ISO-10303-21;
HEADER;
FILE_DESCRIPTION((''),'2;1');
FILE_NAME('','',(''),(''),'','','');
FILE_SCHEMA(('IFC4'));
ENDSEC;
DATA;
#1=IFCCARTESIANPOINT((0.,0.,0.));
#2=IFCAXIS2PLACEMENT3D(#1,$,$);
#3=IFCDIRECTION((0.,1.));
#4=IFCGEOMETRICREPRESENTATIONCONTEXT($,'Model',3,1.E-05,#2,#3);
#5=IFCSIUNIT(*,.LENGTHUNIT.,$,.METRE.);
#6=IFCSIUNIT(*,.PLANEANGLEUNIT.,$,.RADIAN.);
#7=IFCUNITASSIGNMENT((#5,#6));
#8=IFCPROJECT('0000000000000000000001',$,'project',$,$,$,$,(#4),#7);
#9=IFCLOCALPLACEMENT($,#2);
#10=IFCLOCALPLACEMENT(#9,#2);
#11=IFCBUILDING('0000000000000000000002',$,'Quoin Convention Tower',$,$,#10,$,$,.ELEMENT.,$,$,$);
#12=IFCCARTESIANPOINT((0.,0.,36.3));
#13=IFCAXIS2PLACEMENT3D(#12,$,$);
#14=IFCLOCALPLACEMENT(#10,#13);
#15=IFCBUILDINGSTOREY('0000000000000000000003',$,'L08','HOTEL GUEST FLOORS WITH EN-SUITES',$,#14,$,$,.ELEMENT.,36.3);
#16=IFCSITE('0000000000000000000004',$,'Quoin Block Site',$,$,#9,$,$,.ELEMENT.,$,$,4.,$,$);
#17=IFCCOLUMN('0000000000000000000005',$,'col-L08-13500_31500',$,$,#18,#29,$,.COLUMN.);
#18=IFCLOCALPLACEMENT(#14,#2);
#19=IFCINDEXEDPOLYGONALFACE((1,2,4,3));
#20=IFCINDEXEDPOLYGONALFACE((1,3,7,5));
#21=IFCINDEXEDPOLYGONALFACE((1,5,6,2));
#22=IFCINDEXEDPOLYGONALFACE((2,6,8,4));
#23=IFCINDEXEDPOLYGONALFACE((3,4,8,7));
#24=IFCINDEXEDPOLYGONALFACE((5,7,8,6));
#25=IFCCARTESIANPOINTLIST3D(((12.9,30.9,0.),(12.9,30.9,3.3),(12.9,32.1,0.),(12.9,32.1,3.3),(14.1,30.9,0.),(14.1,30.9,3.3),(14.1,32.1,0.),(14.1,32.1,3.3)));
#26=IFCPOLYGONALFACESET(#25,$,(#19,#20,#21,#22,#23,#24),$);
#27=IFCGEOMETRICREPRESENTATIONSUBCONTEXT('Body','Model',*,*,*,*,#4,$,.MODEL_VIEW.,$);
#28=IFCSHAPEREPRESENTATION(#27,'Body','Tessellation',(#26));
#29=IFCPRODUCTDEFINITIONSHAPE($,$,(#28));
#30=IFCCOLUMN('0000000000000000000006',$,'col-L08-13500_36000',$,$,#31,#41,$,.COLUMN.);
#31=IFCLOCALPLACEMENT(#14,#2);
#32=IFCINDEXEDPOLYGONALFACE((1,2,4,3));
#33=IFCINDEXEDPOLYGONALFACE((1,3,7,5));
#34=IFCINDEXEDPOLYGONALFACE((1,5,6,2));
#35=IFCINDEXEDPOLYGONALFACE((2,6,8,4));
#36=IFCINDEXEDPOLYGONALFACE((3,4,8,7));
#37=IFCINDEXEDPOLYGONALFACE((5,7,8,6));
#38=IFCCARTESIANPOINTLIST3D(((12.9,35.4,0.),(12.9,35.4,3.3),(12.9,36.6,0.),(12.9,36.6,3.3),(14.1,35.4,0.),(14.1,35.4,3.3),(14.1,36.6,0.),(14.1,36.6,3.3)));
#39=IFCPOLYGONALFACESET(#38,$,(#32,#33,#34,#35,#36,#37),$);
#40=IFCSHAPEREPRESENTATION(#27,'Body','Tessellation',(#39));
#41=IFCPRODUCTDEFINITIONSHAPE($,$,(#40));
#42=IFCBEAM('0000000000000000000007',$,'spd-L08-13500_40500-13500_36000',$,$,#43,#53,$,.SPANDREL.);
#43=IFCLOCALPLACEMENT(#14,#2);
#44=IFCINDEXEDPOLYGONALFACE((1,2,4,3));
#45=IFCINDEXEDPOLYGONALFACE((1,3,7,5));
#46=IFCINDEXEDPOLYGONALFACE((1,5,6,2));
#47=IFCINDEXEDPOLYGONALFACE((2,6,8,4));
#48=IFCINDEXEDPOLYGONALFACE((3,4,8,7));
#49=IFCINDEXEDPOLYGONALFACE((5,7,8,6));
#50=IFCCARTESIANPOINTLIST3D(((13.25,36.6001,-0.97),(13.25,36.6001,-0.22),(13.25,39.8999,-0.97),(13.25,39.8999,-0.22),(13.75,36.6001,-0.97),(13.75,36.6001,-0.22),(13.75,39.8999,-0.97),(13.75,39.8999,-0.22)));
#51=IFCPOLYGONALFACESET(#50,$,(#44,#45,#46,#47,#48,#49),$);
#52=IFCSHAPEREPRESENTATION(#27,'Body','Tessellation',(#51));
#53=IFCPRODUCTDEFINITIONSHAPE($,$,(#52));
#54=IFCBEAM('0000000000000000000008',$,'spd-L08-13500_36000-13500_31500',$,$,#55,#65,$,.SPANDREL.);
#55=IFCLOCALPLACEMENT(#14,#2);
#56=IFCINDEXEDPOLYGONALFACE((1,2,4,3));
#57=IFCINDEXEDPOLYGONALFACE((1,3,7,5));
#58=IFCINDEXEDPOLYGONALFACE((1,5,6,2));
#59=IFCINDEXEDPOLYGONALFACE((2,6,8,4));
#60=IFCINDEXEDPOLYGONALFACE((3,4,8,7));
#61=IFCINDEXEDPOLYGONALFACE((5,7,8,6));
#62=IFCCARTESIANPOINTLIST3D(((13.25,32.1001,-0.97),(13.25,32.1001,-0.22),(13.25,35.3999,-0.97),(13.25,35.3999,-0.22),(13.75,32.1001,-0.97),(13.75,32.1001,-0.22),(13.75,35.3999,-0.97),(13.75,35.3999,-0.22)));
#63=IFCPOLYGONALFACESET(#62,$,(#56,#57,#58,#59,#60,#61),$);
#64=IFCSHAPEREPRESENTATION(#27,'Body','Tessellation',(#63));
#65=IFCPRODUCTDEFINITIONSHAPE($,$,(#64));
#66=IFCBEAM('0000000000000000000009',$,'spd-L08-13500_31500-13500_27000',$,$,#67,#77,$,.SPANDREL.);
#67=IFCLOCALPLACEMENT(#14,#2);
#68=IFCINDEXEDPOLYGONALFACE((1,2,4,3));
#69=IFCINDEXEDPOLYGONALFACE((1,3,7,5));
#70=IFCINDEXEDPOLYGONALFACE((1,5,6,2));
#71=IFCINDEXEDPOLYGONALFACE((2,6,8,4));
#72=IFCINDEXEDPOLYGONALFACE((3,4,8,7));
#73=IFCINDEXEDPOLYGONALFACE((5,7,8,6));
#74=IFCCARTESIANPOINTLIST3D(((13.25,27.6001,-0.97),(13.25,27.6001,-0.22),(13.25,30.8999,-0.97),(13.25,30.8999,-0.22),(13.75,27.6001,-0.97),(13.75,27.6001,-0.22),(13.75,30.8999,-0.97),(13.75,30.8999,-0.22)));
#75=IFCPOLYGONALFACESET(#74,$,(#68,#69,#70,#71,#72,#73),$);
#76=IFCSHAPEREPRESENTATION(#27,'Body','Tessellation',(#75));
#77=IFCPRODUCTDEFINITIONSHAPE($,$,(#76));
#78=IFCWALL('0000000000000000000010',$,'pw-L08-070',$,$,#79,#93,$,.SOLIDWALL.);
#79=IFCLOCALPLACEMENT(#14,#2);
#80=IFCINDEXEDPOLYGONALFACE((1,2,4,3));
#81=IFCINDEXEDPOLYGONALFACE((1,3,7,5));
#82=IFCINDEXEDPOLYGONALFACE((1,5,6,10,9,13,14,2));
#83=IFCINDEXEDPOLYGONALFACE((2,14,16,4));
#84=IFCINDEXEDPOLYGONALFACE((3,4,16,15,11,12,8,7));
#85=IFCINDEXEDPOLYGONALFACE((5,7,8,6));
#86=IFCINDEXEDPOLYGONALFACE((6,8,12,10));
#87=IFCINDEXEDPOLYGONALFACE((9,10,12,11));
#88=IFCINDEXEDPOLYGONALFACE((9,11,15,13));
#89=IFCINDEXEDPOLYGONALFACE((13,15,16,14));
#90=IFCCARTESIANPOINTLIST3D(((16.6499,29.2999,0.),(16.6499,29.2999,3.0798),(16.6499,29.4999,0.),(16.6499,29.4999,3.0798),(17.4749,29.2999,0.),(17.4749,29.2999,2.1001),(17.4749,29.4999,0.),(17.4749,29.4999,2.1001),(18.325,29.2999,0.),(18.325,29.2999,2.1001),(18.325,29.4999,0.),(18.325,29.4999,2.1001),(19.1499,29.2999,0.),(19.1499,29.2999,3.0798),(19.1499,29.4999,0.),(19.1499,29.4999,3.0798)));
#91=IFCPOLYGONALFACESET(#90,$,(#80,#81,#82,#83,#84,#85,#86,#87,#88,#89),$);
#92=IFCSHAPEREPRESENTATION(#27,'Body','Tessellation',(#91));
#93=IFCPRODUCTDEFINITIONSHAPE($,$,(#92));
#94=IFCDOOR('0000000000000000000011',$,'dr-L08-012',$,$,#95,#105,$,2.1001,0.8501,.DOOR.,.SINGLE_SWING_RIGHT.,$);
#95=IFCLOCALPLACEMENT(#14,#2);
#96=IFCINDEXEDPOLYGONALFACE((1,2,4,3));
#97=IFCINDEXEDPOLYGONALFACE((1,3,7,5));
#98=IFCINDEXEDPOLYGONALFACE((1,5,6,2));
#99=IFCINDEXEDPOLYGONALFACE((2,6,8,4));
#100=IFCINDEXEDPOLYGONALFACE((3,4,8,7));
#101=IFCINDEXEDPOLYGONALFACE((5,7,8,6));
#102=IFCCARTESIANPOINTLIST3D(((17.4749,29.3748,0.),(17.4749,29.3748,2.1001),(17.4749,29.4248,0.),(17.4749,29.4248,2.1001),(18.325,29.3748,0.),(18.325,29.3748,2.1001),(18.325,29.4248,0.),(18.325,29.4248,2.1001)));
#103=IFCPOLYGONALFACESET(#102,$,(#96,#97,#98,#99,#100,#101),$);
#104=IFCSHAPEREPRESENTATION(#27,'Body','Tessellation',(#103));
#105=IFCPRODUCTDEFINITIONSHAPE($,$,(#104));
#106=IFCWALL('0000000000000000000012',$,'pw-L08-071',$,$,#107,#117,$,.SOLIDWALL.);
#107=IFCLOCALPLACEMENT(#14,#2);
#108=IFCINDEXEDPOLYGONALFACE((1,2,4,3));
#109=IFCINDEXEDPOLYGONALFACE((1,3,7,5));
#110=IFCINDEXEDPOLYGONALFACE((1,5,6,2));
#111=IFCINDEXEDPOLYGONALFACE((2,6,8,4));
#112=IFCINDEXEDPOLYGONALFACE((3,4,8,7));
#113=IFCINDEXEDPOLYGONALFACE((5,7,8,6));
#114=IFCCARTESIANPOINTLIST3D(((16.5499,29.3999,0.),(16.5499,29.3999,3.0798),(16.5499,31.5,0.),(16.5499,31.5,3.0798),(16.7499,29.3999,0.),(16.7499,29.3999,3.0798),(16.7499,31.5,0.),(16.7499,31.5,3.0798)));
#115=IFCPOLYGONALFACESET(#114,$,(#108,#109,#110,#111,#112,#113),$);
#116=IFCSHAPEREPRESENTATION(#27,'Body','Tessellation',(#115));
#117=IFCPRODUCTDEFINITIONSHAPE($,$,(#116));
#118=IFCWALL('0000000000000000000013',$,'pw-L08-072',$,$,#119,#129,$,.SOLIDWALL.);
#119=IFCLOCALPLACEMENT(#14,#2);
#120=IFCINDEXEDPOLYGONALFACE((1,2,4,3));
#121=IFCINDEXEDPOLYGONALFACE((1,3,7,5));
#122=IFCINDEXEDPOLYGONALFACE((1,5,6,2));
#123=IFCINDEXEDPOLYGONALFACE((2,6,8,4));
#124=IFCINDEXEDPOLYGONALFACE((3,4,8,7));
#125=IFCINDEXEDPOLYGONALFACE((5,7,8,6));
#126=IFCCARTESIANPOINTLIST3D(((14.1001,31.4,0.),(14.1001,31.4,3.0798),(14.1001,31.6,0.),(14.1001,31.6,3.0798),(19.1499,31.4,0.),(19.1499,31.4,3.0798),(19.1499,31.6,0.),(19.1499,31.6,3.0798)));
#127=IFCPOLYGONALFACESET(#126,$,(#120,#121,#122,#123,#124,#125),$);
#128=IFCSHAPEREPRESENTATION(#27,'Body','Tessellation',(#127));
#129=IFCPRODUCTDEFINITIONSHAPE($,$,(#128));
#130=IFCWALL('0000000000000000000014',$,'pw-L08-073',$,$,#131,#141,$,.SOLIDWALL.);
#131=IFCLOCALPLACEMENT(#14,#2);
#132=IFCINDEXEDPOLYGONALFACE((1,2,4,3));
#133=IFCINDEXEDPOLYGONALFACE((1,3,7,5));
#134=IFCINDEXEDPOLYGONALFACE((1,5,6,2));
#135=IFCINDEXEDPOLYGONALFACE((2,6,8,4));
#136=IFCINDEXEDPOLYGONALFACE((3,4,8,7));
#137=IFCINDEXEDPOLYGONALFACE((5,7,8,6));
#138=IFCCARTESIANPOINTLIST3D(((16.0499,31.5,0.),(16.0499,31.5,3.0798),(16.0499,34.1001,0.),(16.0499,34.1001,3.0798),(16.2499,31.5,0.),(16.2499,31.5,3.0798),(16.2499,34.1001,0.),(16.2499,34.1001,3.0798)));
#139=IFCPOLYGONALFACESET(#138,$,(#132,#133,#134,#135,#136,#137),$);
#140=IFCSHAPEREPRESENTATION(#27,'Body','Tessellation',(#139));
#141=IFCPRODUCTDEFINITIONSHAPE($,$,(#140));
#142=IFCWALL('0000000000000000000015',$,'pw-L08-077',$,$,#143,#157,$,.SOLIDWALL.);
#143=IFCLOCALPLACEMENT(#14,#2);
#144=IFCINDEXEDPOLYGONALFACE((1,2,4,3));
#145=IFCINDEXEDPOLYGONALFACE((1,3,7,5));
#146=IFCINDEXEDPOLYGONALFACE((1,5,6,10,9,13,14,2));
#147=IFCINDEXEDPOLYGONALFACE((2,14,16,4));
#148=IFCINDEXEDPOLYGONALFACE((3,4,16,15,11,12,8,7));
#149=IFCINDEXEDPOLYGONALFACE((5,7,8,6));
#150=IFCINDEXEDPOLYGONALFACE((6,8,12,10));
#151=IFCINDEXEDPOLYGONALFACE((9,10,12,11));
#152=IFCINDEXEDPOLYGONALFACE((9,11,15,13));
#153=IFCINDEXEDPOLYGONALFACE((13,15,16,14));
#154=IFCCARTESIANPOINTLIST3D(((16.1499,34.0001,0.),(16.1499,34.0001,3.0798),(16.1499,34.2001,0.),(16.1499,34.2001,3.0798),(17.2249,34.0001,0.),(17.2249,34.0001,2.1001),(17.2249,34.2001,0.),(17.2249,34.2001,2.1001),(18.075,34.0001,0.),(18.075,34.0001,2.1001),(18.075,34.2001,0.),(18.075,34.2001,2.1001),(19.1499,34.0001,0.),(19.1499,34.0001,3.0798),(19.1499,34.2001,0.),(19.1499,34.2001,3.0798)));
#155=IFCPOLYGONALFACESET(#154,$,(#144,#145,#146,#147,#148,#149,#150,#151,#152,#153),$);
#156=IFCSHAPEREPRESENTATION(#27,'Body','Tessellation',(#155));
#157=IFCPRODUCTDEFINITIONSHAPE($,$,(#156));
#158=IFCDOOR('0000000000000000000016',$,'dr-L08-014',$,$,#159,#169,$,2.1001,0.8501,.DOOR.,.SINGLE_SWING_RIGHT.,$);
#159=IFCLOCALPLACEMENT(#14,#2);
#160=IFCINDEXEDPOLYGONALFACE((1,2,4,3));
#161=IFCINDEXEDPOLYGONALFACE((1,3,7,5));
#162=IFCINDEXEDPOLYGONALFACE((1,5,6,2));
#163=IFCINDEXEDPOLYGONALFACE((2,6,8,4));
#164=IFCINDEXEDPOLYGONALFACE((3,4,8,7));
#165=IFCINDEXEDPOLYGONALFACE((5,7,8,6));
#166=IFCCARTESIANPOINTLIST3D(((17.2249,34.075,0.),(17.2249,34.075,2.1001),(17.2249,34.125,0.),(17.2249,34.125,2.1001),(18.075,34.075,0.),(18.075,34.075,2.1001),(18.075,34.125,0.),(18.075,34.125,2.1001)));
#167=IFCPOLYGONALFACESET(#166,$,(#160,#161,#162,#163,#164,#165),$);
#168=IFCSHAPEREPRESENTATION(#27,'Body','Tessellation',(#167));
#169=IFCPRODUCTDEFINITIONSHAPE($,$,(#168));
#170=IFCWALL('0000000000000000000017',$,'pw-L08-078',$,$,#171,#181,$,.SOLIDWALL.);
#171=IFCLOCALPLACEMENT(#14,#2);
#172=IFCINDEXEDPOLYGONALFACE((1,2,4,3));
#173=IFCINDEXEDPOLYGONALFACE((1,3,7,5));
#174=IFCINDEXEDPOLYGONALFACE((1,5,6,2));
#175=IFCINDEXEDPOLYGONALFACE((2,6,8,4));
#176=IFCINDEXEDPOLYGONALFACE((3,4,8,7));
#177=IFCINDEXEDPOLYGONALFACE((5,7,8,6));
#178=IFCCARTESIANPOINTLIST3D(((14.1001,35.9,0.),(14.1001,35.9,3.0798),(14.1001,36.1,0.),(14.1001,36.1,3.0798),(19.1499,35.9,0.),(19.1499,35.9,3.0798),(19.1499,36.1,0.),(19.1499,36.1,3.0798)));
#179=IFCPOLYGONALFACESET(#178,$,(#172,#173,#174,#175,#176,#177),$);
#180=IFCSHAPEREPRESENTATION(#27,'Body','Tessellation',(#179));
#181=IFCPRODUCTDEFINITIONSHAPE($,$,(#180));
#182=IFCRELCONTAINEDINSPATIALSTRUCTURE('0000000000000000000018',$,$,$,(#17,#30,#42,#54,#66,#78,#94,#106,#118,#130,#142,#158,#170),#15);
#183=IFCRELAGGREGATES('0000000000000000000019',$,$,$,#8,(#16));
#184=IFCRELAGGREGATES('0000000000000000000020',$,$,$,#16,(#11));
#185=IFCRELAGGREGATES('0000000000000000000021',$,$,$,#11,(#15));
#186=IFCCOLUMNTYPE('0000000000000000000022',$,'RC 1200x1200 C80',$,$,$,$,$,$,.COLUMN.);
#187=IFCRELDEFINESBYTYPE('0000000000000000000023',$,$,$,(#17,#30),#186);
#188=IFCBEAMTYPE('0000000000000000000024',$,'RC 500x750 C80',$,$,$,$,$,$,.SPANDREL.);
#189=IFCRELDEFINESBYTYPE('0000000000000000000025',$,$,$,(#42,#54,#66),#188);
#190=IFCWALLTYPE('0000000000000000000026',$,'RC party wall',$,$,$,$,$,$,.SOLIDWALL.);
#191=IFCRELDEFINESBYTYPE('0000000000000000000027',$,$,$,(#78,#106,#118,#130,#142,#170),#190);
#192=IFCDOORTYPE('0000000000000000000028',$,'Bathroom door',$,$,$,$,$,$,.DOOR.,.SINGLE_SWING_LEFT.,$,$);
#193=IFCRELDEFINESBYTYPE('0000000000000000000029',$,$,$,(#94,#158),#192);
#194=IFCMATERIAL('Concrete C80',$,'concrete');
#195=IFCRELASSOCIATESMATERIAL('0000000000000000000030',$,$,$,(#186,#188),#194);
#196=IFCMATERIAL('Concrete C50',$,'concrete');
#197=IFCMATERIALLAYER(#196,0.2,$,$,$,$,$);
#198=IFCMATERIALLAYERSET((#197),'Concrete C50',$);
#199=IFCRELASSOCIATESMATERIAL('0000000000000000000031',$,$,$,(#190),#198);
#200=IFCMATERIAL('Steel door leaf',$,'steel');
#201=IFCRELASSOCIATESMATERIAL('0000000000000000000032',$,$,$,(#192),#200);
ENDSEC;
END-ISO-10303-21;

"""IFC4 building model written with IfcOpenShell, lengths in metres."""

from ifc_helpers import new_model, si_unit, direction, frame, frame_2d, origin, origin_2d, place, context, subcontext, project, spatial, rectangle, extrude, material, layer, layer_set, material_profile, profile_set, type_object, element, fill, save


model = new_model("IFC4")

# Units and contexts
model_context = context("Model", 3, precision=1e-05, world=origin(), true_north=direction((0.0, 1.0)))
body_context = subcontext(model_context, "Body", "Model", "MODEL_VIEW")
ifc_project = project(units=[si_unit("LENGTHUNIT", "METRE"), si_unit("PLANEANGLEUNIT", "RADIAN")], contexts=[model_context])

# Site, building, storey
site_placement = place(None, origin())
site = spatial("IfcSite", under=ifc_project, at=site_placement, Name="Quoin Block Site", CompositionType="ELEMENT", RefElevation=4.0)
building_placement = place(site_placement, origin())
building = spatial("IfcBuilding", under=site, at=building_placement, Name="Quoin Convention Tower", CompositionType="ELEMENT")
storey_placement = place(building_placement, frame((0.0, 0.0, 36.3)))
storey = spatial("IfcBuildingStorey", under=building, at=storey_placement, Name="L08", Description="HOTEL GUEST FLOORS WITH EN-SUITES", CompositionType="ELEMENT", Elevation=36.3)

# Columns
ifc_material_1 = material(Name="Concrete C80", Category="concrete")
ifc_material_profile_1 = material_profile(ifc_material_1, rectangle(XDim=1.2, YDim=1.2, at=origin_2d()), Name="RC 1200x1200")
ifc_profile_set_1 = profile_set([ifc_material_profile_1], Name="Concrete C80")
column_type = type_object("IfcColumnType", Name="RC 1200x1200 C80", PredefinedType="COLUMN", material=ifc_profile_set_1)
for number, where, z_axis, x_axis, name in (
    (1, (13.5, 31.5, 0.0), (0.0, 0.0, 1.0), (1.0, 0.0, 0.0), "col-L08-13500_31500"),
    (2, (13.5, 36.0, 0.0), (0.0, 0.0, 1.0), (1.0, 0.0, 0.0), "col-L08-13500_36000"),
):
    element("IfcColumn", number, at=place(storey_placement, frame(where, z_axis=z_axis, x_axis=x_axis)), inside=storey, type_object=column_type, Name=name, PredefinedType="COLUMN", context=body_context, shape_type="SweptSolid", body=[
        extrude(rectangle(XDim=1.2, YDim=1.2, at=origin_2d()), origin(), (0.0, 0.0, 1.0), 3.3),
    ])

# Beams
ifc_material_profile_2 = material_profile(ifc_material_1, rectangle(XDim=0.5, YDim=0.75, at=origin_2d()), Name="RC 500x750")
ifc_profile_set_2 = profile_set([ifc_material_profile_2], Name="Concrete C80")
beam_type = type_object("IfcBeamType", Name="RC 500x750 C80", PredefinedType="SPANDREL", material=ifc_profile_set_2)
for number, where, z_axis, x_axis, name in (
    (3, (13.5, 39.8999, -0.595), (0.0, -1.0, 0.0), (1.0, 0.0, 0.0), "spd-L08-13500_40500-13500_36000"),
    (4, (13.5, 35.3999, -0.595), (0.0, -1.0, 0.0), (1.0, 0.0, 0.0), "spd-L08-13500_36000-13500_31500"),
    (5, (13.5, 30.8999, -0.595), (0.0, -1.0, 0.0), (1.0, 0.0, 0.0), "spd-L08-13500_31500-13500_27000"),
):
    element("IfcBeam", number, at=place(storey_placement, frame(where, z_axis=z_axis, x_axis=x_axis)), inside=storey, type_object=beam_type, Name=name, PredefinedType="SPANDREL", context=body_context, shape_type="SweptSolid", body=[
        extrude(rectangle(XDim=0.5, YDim=0.75, at=origin_2d()), origin(), (0.0, 0.0, 1.0), 3.2998),
    ])

# Wall, opening, door
ifc_material_2 = material(Name="Concrete C50", Category="concrete")
ifc_layer_1 = layer(ifc_material_2, 0.2)
ifc_layer_set_1 = layer_set([ifc_layer_1], Name="Concrete C50")
wall_type_1 = type_object("IfcWallType", Name="RC party wall", PredefinedType="SOLIDWALL", material=ifc_layer_set_1)
wall_1_placement = place(storey_placement, frame((16.6499, 29.3999, 0.0), z_axis=(0.0, 0.0, 1.0), x_axis=(1.0, 0.0, 0.0)))
wall_1 = element("IfcWall", 6, at=wall_1_placement, inside=storey, type_object=wall_type_1, Name="pw-L08-070", PredefinedType="SOLIDWALL", context=body_context, shape_type="SweptSolid", body=[
    extrude(rectangle(XDim=2.5, YDim=0.2, at=frame_2d((1.25, 0.0))), origin(), (0.0, 0.0, 1.0), 3.0798),
])
opening_1_placement = place(wall_1_placement, frame((0.825, 0.0, 0.0)))
opening_1 = element("IfcOpeningElement", 7, at=opening_1_placement, cuts=wall_1, PredefinedType="OPENING", context=body_context, shape_type="SweptSolid", body=[
    extrude(rectangle(XDim=0.8501, YDim=2.1001, at=frame_2d((0.425, 1.05))), frame((0.0, 0.1099, 0.0), z_axis=(0.0, -1.0, 0.0), x_axis=(1.0, 0.0, 0.0)), (0.0, 0.0, 1.0), 0.22),
])
ifc_material_3 = material(Name="Steel door leaf", Category="steel")
door_type = type_object("IfcDoorType", Name="Bathroom door", OperationType="SINGLE_SWING_LEFT", PredefinedType="DOOR", material=ifc_material_3)
door_1_placement = place(opening_1_placement, origin())
door_1 = element("IfcDoor", 8, at=door_1_placement, inside=storey, type_object=door_type, Name="dr-L08-012", OperationType="SINGLE_SWING_RIGHT", OverallHeight=2.1001, OverallWidth=0.8501, PredefinedType="DOOR", context=body_context, shape_type="SweptSolid", body=[
    extrude(rectangle(XDim=0.8501, YDim=2.1001, at=frame_2d((0.425, 1.05))), frame((0.0, 0.0249, 0.0), z_axis=(0.0, -1.0, 0.0), x_axis=(1.0, 0.0, 0.0)), (0.0, 0.0, 1.0), 0.05),
])
fill(opening_1, door_1)

# Walls
wall_2_placement = place(storey_placement, frame((16.6499, 29.3999, 0.0), z_axis=(0.0, 0.0, 1.0), x_axis=(0.0, 1.0, 0.0)))
element("IfcWall", 9, at=wall_2_placement, inside=storey, type_object=wall_type_1, Name="pw-L08-071", PredefinedType="SOLIDWALL", context=body_context, shape_type="SweptSolid", body=[
    extrude(rectangle(XDim=2.1001, YDim=0.2, at=frame_2d((1.05, 0.0))), origin(), (0.0, 0.0, 1.0), 3.0798),
])
wall_3_placement = place(storey_placement, frame((14.1001, 31.5, 0.0), z_axis=(0.0, 0.0, 1.0), x_axis=(1.0, 0.0, 0.0)))
element("IfcWall", 10, at=wall_3_placement, inside=storey, type_object=wall_type_1, Name="pw-L08-072", PredefinedType="SOLIDWALL", context=body_context, shape_type="SweptSolid", body=[
    extrude(rectangle(XDim=5.0498, YDim=0.2, at=frame_2d((2.5249, 0.0))), origin(), (0.0, 0.0, 1.0), 3.0798),
])
wall_4_placement = place(storey_placement, frame((16.1499, 31.5, 0.0), z_axis=(0.0, 0.0, 1.0), x_axis=(0.0, 1.0, 0.0)))
element("IfcWall", 11, at=wall_4_placement, inside=storey, type_object=wall_type_1, Name="pw-L08-073", PredefinedType="SOLIDWALL", context=body_context, shape_type="SweptSolid", body=[
    extrude(rectangle(XDim=2.6001, YDim=0.2, at=frame_2d((1.3, 0.0))), origin(), (0.0, 0.0, 1.0), 3.0798),
])

# Wall, opening, door
wall_5_placement = place(storey_placement, frame((16.1499, 34.1001, 0.0), z_axis=(0.0, 0.0, 1.0), x_axis=(1.0, 0.0, 0.0)))
wall_5 = element("IfcWall", 12, at=wall_5_placement, inside=storey, type_object=wall_type_1, Name="pw-L08-077", PredefinedType="SOLIDWALL", context=body_context, shape_type="SweptSolid", body=[
    extrude(rectangle(XDim=3.0, YDim=0.2, at=frame_2d((1.5, 0.0))), origin(), (0.0, 0.0, 1.0), 3.0798),
])
opening_2_placement = place(wall_5_placement, frame((1.075, 0.0, 0.0)))
opening_2 = element("IfcOpeningElement", 13, at=opening_2_placement, cuts=wall_5, PredefinedType="OPENING", context=body_context, shape_type="SweptSolid", body=[
    extrude(rectangle(XDim=0.8501, YDim=2.1001, at=frame_2d((0.425, 1.05))), frame((0.0, 0.1099, 0.0), z_axis=(0.0, -1.0, 0.0), x_axis=(1.0, 0.0, 0.0)), (0.0, 0.0, 1.0), 0.22),
])
door_2_placement = place(opening_2_placement, origin())
door_2 = element("IfcDoor", 14, at=door_2_placement, inside=storey, type_object=door_type, Name="dr-L08-014", OperationType="SINGLE_SWING_RIGHT", OverallHeight=2.1001, OverallWidth=0.8501, PredefinedType="DOOR", context=body_context, shape_type="SweptSolid", body=[
    extrude(rectangle(XDim=0.8501, YDim=2.1001, at=frame_2d((0.425, 1.05))), frame((0.0, 0.0249, 0.0), z_axis=(0.0, -1.0, 0.0), x_axis=(1.0, 0.0, 0.0)), (0.0, 0.0, 1.0), 0.05),
])
fill(opening_2, door_2)

# Wall
wall_6_placement = place(storey_placement, frame((14.1001, 36.0, 0.0), z_axis=(0.0, 0.0, 1.0), x_axis=(1.0, 0.0, 0.0)))
element("IfcWall", 15, at=wall_6_placement, inside=storey, type_object=wall_type_1, Name="pw-L08-078", PredefinedType="SOLIDWALL", context=body_context, shape_type="SweptSolid", body=[
    extrude(rectangle(XDim=5.0498, YDim=0.2, at=frame_2d((2.5249, 0.0))), origin(), (0.0, 0.0, 1.0), 3.0798),
])

save(model, "model.ifc")
